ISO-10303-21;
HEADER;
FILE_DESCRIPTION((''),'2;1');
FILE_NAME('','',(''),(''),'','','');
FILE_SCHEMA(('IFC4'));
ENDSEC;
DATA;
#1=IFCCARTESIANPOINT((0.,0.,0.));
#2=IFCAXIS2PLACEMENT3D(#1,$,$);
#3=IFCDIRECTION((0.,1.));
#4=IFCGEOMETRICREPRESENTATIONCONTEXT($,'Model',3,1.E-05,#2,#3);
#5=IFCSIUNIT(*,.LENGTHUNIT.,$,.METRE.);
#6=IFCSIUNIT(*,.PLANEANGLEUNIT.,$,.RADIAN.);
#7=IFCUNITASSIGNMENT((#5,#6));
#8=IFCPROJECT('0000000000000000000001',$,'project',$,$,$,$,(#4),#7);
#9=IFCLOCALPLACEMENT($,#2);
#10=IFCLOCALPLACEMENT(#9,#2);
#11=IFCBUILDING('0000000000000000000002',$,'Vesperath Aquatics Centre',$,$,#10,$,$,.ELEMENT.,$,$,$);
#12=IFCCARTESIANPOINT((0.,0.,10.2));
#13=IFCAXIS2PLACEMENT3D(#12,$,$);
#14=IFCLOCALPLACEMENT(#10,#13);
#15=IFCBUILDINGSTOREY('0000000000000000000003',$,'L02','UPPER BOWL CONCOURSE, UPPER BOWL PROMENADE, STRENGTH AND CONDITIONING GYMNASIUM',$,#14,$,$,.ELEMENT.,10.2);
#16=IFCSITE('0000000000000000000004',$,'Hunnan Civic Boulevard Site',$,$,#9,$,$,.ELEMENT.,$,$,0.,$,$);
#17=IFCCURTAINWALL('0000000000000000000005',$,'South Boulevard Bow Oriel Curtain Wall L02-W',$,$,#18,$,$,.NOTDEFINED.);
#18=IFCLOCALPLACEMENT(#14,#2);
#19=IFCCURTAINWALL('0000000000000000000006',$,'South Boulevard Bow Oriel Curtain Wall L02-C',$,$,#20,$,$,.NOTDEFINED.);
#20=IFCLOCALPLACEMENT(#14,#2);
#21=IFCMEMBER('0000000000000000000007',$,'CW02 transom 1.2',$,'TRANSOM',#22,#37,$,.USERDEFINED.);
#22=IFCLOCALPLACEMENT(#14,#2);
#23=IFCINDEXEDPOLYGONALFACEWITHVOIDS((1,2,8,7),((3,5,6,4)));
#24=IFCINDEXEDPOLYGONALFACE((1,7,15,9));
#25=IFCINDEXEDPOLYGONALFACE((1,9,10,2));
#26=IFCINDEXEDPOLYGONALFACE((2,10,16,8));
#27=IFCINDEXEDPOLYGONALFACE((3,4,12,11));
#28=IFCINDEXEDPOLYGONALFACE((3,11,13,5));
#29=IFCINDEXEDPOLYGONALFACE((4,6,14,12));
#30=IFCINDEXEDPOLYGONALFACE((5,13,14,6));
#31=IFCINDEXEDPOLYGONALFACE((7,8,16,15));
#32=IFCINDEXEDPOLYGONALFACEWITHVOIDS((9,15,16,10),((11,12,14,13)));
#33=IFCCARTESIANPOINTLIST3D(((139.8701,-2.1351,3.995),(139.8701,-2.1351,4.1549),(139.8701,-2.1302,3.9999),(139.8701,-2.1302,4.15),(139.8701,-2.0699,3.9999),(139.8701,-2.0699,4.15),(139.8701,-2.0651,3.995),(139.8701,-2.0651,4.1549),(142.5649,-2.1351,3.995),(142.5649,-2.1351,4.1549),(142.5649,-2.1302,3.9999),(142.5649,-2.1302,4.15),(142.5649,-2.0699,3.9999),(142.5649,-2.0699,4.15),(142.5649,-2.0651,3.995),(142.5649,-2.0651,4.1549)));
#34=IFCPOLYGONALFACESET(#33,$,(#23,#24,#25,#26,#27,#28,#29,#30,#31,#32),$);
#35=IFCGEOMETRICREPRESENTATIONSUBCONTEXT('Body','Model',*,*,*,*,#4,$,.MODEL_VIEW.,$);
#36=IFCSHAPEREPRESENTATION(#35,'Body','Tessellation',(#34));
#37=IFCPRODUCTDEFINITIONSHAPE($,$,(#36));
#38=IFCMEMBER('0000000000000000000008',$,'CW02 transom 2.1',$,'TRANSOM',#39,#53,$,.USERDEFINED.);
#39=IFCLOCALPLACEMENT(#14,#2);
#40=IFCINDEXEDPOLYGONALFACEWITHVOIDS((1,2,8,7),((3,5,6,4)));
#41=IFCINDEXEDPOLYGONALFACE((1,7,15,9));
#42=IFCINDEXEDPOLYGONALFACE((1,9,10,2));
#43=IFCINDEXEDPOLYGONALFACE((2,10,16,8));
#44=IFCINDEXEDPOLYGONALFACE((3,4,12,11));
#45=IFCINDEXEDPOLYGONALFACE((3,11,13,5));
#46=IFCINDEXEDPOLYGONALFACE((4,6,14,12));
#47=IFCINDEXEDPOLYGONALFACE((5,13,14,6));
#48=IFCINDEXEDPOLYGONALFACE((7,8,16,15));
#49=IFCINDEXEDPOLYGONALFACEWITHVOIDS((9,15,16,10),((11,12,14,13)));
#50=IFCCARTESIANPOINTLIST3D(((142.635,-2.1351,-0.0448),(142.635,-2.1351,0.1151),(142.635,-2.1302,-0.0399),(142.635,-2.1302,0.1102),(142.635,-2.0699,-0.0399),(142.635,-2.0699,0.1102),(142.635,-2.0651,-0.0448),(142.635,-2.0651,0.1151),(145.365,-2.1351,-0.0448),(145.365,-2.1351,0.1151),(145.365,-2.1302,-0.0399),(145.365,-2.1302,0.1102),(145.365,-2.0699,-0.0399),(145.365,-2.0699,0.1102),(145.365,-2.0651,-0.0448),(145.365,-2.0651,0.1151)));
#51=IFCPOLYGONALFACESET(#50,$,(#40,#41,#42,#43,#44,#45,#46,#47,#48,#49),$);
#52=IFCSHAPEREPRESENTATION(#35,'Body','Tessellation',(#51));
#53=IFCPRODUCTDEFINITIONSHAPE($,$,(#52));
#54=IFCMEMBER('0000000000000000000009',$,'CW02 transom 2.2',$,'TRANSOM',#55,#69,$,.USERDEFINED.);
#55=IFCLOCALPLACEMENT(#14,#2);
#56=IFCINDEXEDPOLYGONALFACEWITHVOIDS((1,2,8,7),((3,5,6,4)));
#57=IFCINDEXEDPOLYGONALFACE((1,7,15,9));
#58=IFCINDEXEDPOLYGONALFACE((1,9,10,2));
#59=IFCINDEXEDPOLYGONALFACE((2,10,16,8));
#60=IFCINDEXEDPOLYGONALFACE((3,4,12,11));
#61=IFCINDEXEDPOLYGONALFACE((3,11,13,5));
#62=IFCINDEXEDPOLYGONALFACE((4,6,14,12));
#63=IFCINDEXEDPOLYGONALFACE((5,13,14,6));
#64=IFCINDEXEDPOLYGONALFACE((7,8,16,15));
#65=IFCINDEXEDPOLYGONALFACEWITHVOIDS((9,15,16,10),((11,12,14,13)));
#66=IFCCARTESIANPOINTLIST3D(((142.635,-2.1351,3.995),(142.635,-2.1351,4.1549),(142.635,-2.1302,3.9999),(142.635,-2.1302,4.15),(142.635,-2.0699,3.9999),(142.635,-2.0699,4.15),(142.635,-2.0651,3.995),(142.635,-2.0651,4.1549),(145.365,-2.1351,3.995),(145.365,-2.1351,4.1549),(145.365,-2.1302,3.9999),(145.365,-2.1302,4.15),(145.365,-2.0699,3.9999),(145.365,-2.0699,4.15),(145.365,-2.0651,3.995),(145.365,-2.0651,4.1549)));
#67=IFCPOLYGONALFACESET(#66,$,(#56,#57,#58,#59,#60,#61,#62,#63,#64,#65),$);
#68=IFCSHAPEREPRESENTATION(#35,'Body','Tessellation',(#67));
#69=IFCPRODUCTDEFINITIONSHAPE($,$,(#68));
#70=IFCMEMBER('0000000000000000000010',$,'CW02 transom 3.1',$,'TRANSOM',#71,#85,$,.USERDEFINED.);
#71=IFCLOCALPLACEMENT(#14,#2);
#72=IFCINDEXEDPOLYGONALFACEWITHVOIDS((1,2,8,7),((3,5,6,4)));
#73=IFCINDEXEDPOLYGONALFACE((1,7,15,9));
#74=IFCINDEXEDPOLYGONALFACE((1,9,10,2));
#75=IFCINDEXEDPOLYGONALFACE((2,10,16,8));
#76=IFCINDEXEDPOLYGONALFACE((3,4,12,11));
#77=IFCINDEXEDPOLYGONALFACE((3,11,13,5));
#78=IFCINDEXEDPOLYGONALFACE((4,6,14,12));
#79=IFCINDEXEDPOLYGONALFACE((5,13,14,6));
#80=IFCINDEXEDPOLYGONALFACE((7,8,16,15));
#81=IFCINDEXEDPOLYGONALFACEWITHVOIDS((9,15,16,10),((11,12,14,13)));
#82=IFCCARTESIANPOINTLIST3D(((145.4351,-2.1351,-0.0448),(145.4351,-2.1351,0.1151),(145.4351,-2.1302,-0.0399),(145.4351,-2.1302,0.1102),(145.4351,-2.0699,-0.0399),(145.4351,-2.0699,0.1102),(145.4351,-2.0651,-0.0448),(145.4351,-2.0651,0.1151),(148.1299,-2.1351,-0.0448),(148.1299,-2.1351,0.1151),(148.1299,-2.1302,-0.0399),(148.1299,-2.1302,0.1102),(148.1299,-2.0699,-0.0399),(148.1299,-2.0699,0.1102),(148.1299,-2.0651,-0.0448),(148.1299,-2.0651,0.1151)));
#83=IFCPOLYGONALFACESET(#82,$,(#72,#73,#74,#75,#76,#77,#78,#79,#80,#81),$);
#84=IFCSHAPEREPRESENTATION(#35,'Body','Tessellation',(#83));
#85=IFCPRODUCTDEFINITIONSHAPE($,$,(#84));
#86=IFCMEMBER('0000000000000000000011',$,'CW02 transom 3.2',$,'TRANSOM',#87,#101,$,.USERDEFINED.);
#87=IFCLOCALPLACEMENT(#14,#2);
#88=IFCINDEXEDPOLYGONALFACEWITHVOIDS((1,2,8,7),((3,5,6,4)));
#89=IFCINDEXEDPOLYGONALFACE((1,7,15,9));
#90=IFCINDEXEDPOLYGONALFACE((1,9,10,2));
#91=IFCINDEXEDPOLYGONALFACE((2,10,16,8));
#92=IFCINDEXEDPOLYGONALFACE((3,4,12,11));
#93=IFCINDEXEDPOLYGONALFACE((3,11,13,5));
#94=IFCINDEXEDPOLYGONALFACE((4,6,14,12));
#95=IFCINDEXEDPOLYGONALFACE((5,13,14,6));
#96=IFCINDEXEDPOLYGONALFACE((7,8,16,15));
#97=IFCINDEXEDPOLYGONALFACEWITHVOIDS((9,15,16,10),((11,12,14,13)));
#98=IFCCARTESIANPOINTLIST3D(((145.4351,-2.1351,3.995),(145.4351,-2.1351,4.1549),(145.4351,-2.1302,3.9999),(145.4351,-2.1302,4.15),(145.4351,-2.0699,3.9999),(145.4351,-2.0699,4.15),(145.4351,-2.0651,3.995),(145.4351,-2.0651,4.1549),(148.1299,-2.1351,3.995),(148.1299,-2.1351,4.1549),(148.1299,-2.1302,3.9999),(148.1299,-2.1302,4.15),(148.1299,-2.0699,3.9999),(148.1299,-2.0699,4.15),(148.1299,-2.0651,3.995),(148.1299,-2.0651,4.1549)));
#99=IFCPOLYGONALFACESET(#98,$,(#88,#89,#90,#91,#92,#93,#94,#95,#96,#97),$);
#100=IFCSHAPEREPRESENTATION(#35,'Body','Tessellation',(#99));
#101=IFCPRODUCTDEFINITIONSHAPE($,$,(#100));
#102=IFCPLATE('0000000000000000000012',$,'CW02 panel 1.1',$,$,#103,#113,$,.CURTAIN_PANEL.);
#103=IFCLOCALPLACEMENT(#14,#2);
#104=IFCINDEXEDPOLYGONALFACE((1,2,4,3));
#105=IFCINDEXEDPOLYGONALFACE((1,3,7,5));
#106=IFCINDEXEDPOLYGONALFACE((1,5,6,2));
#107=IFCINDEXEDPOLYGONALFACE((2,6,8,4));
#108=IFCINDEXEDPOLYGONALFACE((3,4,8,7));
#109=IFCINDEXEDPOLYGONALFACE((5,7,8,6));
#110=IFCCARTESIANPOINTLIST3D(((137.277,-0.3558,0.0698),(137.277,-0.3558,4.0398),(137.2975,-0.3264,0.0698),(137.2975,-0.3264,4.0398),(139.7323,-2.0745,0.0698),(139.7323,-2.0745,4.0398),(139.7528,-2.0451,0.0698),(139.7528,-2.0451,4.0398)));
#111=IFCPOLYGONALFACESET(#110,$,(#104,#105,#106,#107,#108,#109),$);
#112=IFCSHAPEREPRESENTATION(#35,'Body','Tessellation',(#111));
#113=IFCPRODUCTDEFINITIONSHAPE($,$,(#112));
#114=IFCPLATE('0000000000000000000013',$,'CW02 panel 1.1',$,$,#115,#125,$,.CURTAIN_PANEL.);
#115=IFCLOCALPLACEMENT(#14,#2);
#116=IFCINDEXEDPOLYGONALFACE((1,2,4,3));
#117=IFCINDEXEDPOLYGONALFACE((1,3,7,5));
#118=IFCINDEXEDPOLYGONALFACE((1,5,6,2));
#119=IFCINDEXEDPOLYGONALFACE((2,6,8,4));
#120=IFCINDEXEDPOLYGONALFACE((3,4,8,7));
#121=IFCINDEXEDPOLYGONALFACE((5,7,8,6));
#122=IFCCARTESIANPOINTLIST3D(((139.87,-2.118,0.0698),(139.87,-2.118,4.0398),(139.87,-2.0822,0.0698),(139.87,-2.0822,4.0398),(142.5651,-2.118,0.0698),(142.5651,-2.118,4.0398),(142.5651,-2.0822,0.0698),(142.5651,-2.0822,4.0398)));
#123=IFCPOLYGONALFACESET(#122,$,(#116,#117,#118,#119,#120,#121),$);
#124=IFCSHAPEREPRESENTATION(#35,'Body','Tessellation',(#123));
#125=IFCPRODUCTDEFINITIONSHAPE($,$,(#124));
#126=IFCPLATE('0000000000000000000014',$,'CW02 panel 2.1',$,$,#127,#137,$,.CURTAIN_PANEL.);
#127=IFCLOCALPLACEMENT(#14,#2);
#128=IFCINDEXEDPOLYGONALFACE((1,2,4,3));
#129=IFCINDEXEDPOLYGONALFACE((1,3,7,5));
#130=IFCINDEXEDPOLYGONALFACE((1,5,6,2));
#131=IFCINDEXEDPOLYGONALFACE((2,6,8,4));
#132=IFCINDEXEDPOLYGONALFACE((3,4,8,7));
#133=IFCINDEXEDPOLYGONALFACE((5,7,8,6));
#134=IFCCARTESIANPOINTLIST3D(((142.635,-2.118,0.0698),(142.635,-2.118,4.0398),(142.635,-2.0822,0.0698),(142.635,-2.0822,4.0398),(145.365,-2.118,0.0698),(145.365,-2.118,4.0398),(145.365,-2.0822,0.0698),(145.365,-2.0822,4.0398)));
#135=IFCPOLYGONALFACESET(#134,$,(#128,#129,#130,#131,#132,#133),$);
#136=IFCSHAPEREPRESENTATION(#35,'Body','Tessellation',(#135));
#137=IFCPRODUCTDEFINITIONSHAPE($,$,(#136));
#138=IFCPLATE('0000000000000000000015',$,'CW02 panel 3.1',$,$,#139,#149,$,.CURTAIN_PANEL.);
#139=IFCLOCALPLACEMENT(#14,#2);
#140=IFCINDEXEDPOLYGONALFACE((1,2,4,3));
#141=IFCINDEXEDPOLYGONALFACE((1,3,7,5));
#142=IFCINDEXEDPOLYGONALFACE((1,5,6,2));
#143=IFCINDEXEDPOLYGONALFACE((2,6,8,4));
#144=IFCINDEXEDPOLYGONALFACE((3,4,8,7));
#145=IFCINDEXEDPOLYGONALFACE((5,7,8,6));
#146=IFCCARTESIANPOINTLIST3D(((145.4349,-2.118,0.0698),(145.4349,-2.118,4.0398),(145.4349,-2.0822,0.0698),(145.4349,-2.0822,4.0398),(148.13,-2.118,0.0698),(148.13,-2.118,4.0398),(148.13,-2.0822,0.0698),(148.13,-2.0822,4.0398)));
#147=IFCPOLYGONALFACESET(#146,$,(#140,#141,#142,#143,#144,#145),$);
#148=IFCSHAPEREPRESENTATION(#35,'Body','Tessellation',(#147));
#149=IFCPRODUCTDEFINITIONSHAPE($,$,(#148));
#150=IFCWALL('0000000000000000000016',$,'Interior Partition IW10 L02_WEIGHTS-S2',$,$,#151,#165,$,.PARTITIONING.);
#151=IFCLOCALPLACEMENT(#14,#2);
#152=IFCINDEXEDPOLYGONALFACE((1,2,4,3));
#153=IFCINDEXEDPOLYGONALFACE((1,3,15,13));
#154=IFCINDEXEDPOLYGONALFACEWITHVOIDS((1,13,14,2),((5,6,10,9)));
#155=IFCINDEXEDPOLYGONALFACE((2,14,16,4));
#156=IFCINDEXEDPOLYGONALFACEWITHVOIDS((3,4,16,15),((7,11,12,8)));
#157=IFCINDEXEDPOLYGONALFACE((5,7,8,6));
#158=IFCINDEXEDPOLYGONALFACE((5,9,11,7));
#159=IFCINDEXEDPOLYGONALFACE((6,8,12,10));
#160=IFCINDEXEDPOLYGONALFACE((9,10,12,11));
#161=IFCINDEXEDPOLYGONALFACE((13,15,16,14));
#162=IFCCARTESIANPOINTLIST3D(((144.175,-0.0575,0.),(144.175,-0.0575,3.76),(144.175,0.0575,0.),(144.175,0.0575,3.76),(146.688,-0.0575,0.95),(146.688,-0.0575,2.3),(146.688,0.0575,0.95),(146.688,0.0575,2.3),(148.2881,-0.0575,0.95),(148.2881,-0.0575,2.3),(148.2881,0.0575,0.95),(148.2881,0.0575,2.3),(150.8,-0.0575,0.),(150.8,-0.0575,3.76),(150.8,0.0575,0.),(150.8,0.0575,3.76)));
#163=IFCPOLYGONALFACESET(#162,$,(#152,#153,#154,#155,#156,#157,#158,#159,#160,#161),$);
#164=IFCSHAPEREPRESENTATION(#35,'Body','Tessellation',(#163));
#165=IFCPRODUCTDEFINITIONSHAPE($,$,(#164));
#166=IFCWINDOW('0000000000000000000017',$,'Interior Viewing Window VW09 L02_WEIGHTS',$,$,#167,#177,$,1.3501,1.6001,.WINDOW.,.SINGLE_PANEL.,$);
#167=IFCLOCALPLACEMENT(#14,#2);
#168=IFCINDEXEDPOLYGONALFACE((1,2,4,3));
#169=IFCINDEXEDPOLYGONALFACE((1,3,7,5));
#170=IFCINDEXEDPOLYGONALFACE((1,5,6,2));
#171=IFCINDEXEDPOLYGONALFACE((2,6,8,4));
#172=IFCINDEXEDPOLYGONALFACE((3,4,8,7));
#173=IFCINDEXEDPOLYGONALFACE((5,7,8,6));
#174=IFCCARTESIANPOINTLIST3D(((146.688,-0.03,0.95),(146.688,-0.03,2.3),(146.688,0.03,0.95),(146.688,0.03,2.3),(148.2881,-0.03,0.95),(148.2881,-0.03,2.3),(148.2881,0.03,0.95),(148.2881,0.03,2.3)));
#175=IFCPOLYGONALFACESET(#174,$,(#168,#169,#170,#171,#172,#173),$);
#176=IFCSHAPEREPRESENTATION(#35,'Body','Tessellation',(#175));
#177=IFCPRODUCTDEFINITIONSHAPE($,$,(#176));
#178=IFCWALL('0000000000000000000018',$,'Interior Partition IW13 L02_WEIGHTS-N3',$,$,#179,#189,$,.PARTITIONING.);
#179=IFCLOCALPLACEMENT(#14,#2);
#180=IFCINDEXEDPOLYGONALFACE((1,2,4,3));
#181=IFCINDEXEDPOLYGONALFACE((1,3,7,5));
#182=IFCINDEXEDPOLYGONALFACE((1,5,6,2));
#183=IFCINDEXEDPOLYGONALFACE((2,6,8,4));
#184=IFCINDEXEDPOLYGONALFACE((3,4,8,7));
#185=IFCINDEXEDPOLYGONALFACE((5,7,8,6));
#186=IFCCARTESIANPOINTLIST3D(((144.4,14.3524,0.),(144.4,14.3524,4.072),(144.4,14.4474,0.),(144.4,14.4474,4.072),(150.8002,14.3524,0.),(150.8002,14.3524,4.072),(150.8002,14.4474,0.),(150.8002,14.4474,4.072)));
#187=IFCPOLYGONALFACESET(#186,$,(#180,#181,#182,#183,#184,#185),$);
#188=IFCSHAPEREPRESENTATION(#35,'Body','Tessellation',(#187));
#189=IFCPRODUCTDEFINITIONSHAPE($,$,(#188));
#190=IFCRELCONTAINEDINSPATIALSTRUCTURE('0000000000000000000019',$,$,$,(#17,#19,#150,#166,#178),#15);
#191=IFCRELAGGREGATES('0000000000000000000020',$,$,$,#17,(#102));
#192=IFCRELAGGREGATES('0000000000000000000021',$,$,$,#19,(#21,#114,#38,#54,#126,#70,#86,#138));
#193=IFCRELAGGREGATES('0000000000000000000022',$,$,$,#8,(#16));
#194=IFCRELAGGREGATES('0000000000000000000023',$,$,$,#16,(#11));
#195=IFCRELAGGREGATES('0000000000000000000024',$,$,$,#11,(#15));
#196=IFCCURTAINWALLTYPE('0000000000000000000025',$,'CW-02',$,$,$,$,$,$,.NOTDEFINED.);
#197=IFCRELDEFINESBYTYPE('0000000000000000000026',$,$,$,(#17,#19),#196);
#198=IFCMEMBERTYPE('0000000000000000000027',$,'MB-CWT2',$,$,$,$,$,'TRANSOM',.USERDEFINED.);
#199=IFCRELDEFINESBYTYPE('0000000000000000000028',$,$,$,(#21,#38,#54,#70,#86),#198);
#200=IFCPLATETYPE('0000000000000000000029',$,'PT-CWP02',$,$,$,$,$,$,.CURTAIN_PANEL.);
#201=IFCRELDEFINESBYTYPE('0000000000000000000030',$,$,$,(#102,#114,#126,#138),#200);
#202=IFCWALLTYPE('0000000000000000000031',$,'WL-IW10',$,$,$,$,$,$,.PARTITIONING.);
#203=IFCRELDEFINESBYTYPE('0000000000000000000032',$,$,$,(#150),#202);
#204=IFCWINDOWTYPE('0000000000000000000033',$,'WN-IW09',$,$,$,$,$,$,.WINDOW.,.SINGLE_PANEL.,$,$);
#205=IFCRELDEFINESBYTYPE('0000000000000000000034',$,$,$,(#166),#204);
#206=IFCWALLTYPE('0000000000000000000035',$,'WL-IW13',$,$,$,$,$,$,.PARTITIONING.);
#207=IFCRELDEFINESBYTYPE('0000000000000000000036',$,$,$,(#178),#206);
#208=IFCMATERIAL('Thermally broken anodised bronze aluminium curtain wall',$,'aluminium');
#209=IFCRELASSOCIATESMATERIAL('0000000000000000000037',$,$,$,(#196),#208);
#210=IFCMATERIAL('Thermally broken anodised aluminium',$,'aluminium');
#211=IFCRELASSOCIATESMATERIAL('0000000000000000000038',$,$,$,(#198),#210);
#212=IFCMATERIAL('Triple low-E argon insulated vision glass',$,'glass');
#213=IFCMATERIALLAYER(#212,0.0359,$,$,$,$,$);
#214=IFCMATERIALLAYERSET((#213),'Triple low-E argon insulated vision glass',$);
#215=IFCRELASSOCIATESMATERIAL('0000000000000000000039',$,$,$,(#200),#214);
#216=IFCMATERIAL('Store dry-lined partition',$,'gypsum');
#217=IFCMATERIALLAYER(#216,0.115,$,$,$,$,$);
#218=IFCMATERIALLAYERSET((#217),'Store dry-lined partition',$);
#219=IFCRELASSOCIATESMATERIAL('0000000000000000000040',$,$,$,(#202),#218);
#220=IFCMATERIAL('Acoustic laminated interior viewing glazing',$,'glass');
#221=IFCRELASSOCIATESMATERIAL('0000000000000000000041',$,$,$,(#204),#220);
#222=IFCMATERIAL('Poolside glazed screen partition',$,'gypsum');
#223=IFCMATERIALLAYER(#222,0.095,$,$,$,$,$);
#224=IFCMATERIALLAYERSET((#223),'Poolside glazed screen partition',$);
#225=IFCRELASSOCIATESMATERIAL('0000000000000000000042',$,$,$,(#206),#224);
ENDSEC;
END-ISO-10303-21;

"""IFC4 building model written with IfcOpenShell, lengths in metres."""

from ifc_helpers import new_model, si_unit, direction, frame, frame_2d, origin, origin_2d, place, context, subcontext, project, spatial, rectangle, hollow_rectangle, extrude, material, layer, layer_set, material_profile, profile_set, type_object, element, fill, aggregate, save


model = new_model("IFC4")

# Units and contexts
model_context = context("Model", 3, precision=1e-05, world=origin(), true_north=direction((0.0, 1.0)))
body_context = subcontext(model_context, "Body", "Model", "MODEL_VIEW")
ifc_project = project(units=[si_unit("LENGTHUNIT", "METRE"), si_unit("PLANEANGLEUNIT", "RADIAN")], contexts=[model_context])

# Site, building, storey
site_placement = place(None, origin())
site = spatial("IfcSite", under=ifc_project, at=site_placement, Name="Hunnan Civic Boulevard Site", CompositionType="ELEMENT", RefElevation=0.0)
building_placement = place(site_placement, origin())
building = spatial("IfcBuilding", under=site, at=building_placement, Name="Vesperath Aquatics Centre", CompositionType="ELEMENT")
storey_placement = place(building_placement, frame((0.0, 0.0, 10.2)))
storey = spatial("IfcBuildingStorey", under=building, at=storey_placement, Name="L02", Description="UPPER BOWL CONCOURSE, UPPER BOWL PROMENADE, STRENGTH AND CONDITIONING GYMNASIUM", CompositionType="ELEMENT", Elevation=10.2)

# Curtain wall
ifc_material_1 = material(Name="Thermally broken anodised bronze aluminium curtain wall", Category="aluminium")
curtain_wall_type = type_object("IfcCurtainWallType", Name="CW-02", PredefinedType="NOTDEFINED", material=ifc_material_1)
curtain_wall_1_placement = place(storey_placement, origin())
curtain_wall_1 = element("IfcCurtainWall", 1, at=curtain_wall_1_placement, inside=storey, type_object=curtain_wall_type, Name="South Boulevard Bow Oriel Curtain Wall L02-W", PredefinedType="NOTDEFINED")
ifc_material_2 = material(Name="Thermally broken anodised aluminium", Category="aluminium")

# Curtain wall
curtain_wall_2_placement = place(storey_placement, origin())
curtain_wall_2 = element("IfcCurtainWall", 2, at=curtain_wall_2_placement, inside=storey, type_object=curtain_wall_type, Name="South Boulevard Bow Oriel Curtain Wall L02-C", PredefinedType="NOTDEFINED")

# Members
ifc_material_profile_1 = material_profile(ifc_material_2, hollow_rectangle(XDim=0.0701, YDim=0.1599, WallThickness=0.0049, at=origin_2d()), Name="CWT 70x160x5")
ifc_profile_set_1 = profile_set([ifc_material_profile_1], Name="Thermally broken anodised aluminium")
member_type_1 = type_object("IfcMemberType", Name="MB-CWT2", ElementType="TRANSOM", PredefinedType="USERDEFINED", material=ifc_profile_set_1)
member_1_placement = place(storey_placement, frame((139.8701, -2.1001, 4.075), z_axis=(1.0, 0.0, 0.0), x_axis=(0.0, 1.0, 0.0)))
member_1 = element("IfcMember", 3, at=member_1_placement, type_object=member_type_1, Name="CW02 transom 1.2", ObjectType="TRANSOM", PredefinedType="USERDEFINED", context=body_context, shape_type="SweptSolid", body=[
    extrude(hollow_rectangle(XDim=0.0701, YDim=0.1599, WallThickness=0.0049, at=origin_2d()), origin(), (0.0, 0.0, 1.0), 2.6948),
])
member_2_placement = place(storey_placement, frame((142.635, -2.1001, 0.0352), z_axis=(1.0, 0.0, 0.0), x_axis=(0.0, 1.0, 0.0)))
member_2 = element("IfcMember", 4, at=member_2_placement, type_object=member_type_1, Name="CW02 transom 2.1", ObjectType="TRANSOM", PredefinedType="USERDEFINED", context=body_context, shape_type="SweptSolid", body=[
    extrude(hollow_rectangle(XDim=0.0701, YDim=0.1599, WallThickness=0.0049, at=origin_2d()), origin(), (0.0, 0.0, 1.0), 2.73),
])
member_3_placement = place(storey_placement, frame((142.635, -2.1001, 4.075), z_axis=(1.0, 0.0, 0.0), x_axis=(0.0, 1.0, 0.0)))
member_3 = element("IfcMember", 5, at=member_3_placement, type_object=member_type_1, Name="CW02 transom 2.2", ObjectType="TRANSOM", PredefinedType="USERDEFINED", context=body_context, shape_type="SweptSolid", body=[
    extrude(hollow_rectangle(XDim=0.0701, YDim=0.1599, WallThickness=0.0049, at=origin_2d()), origin(), (0.0, 0.0, 1.0), 2.73),
])
member_4_placement = place(storey_placement, frame((145.4351, -2.1001, 0.0352), z_axis=(1.0, 0.0, 0.0), x_axis=(0.0, 1.0, 0.0)))
member_4 = element("IfcMember", 6, at=member_4_placement, type_object=member_type_1, Name="CW02 transom 3.1", ObjectType="TRANSOM", PredefinedType="USERDEFINED", context=body_context, shape_type="SweptSolid", body=[
    extrude(hollow_rectangle(XDim=0.0701, YDim=0.1599, WallThickness=0.0049, at=origin_2d()), origin(), (0.0, 0.0, 1.0), 2.6948),
])
member_5_placement = place(storey_placement, frame((145.4351, -2.1001, 4.075), z_axis=(1.0, 0.0, 0.0), x_axis=(0.0, 1.0, 0.0)))
member_5 = element("IfcMember", 7, at=member_5_placement, type_object=member_type_1, Name="CW02 transom 3.2", ObjectType="TRANSOM", PredefinedType="USERDEFINED", context=body_context, shape_type="SweptSolid", body=[
    extrude(hollow_rectangle(XDim=0.0701, YDim=0.1599, WallThickness=0.0049, at=origin_2d()), origin(), (0.0, 0.0, 1.0), 2.6948),
])

# Plates
ifc_material_3 = material(Name="Triple low-E argon insulated vision glass", Category="glass")
ifc_layer_1 = layer(ifc_material_3, 0.0359)
ifc_layer_set_1 = layer_set([ifc_layer_1], Name="Triple low-E argon insulated vision glass")
plate_type = type_object("IfcPlateType", Name="PT-CWP02", PredefinedType="CURTAIN_PANEL", material=ifc_layer_set_1)
plate_1_placement = place(storey_placement, frame((138.5149, -1.2004, 0.0698), z_axis=(0.0, 0.0, 1.0), x_axis=(0.819232, -0.573462, 0.0)))
plate_1 = element("IfcPlate", 8, at=plate_1_placement, type_object=plate_type, Name="CW02 panel 1.1", PredefinedType="CURTAIN_PANEL", context=body_context, shape_type="SweptSolid", body=[
    extrude(rectangle(XDim=2.9971, YDim=0.0359, at=origin_2d()), origin(), (0.0, 0.0, 1.0), 3.97),
])
aggregate(curtain_wall_1, [plate_1])
plate_2_placement = place(storey_placement, frame((141.2175, -2.1001, 0.0698), z_axis=(0.0, 0.0, 1.0), x_axis=(1.0, 0.0, 0.0)))
plate_2 = element("IfcPlate", 9, at=plate_2_placement, type_object=plate_type, Name="CW02 panel 1.1", PredefinedType="CURTAIN_PANEL", context=body_context, shape_type="SweptSolid", body=[
    extrude(rectangle(XDim=2.6951, YDim=0.0359, at=origin_2d()), origin(), (0.0, 0.0, 1.0), 3.97),
])
plate_3_placement = place(storey_placement, frame((144.0, -2.1001, 0.0698), z_axis=(0.0, 0.0, 1.0), x_axis=(1.0, 0.0, 0.0)))
plate_3 = element("IfcPlate", 10, at=plate_3_placement, type_object=plate_type, Name="CW02 panel 2.1", PredefinedType="CURTAIN_PANEL", context=body_context, shape_type="SweptSolid", body=[
    extrude(rectangle(XDim=2.73, YDim=0.0359, at=origin_2d()), origin(), (0.0, 0.0, 1.0), 3.97),
])
plate_4_placement = place(storey_placement, frame((146.7825, -2.1001, 0.0698), z_axis=(0.0, 0.0, 1.0), x_axis=(1.0, 0.0, 0.0)))
plate_4 = element("IfcPlate", 11, at=plate_4_placement, type_object=plate_type, Name="CW02 panel 3.1", PredefinedType="CURTAIN_PANEL", context=body_context, shape_type="SweptSolid", body=[
    extrude(rectangle(XDim=2.6951, YDim=0.0359, at=origin_2d()), origin(), (0.0, 0.0, 1.0), 3.97),
])
aggregate(curtain_wall_2, [member_1, plate_2, member_2, member_3, plate_3, member_4, member_5, plate_4])

# Wall, opening, window
ifc_material_4 = material(Name="Store dry-lined partition", Category="gypsum")
ifc_layer_2 = layer(ifc_material_4, 0.115)
ifc_layer_set_2 = layer_set([ifc_layer_2], Name="Store dry-lined partition")
wall_type_1 = type_object("IfcWallType", Name="WL-IW10", PredefinedType="PARTITIONING", material=ifc_layer_set_2)
wall_1_placement = place(storey_placement, frame((144.175, 0.0, 0.0), z_axis=(0.0, 0.0, 1.0), x_axis=(1.0, 0.0, 0.0)))
wall_1 = element("IfcWall", 12, at=wall_1_placement, inside=storey, type_object=wall_type_1, Name="Interior Partition IW10 L02_WEIGHTS-S2", PredefinedType="PARTITIONING", context=body_context, shape_type="SweptSolid", body=[
    extrude(rectangle(XDim=6.625, YDim=0.115, at=frame_2d((3.3125, 0.0))), origin(), (0.0, 0.0, 1.0), 3.76),
])
opening_placement = place(wall_1_placement, frame((2.5129, 0.0, 0.95)))
opening = element("IfcOpeningElement", 13, at=opening_placement, cuts=wall_1, PredefinedType="OPENING", context=body_context, shape_type="SweptSolid", body=[
    extrude(rectangle(XDim=1.6001, YDim=1.3501, at=frame_2d((0.8, 0.675))), frame((0.0, 0.0723, 0.0), z_axis=(0.0, -1.0, 0.0), x_axis=(1.0, 0.0, 0.0)), (0.0, 0.0, 1.0), 0.1448),
])
ifc_material_5 = material(Name="Acoustic laminated interior viewing glazing", Category="glass")
window_type = type_object("IfcWindowType", Name="WN-IW09", PartitioningType="SINGLE_PANEL", PredefinedType="WINDOW", material=ifc_material_5)
window_placement = place(opening_placement, origin())
window = element("IfcWindow", 14, at=window_placement, inside=storey, type_object=window_type, Name="Interior Viewing Window VW09 L02_WEIGHTS", OverallHeight=1.3501, OverallWidth=1.6001, PartitioningType="SINGLE_PANEL", PredefinedType="WINDOW", context=body_context, shape_type="SweptSolid", body=[
    extrude(rectangle(XDim=1.6001, YDim=1.3501, at=frame_2d((0.8, 0.675))), frame((0.0, 0.03, 0.0), z_axis=(0.0, -1.0, 0.0), x_axis=(1.0, 0.0, 0.0)), (0.0, 0.0, 1.0), 0.0601),
])
fill(opening, window)

# Wall
ifc_material_6 = material(Name="Poolside glazed screen partition", Category="gypsum")
ifc_layer_3 = layer(ifc_material_6, 0.095)
ifc_layer_set_3 = layer_set([ifc_layer_3], Name="Poolside glazed screen partition")
wall_type_2 = type_object("IfcWallType", Name="WL-IW13", PredefinedType="PARTITIONING", material=ifc_layer_set_3)
wall_2_placement = place(storey_placement, frame((144.3999, 14.3999, 0.0), z_axis=(0.0, 0.0, 1.0), x_axis=(1.0, 0.0, 0.0)))
element("IfcWall", 15, at=wall_2_placement, inside=storey, type_object=wall_type_2, Name="Interior Partition IW13 L02_WEIGHTS-N3", PredefinedType="PARTITIONING", context=body_context, shape_type="SweptSolid", body=[
    extrude(rectangle(XDim=6.4001, YDim=0.095, at=frame_2d((3.2002, 0.0))), origin(), (0.0, 0.0, 1.0), 4.072),
])

save(model, "model.ifc")
